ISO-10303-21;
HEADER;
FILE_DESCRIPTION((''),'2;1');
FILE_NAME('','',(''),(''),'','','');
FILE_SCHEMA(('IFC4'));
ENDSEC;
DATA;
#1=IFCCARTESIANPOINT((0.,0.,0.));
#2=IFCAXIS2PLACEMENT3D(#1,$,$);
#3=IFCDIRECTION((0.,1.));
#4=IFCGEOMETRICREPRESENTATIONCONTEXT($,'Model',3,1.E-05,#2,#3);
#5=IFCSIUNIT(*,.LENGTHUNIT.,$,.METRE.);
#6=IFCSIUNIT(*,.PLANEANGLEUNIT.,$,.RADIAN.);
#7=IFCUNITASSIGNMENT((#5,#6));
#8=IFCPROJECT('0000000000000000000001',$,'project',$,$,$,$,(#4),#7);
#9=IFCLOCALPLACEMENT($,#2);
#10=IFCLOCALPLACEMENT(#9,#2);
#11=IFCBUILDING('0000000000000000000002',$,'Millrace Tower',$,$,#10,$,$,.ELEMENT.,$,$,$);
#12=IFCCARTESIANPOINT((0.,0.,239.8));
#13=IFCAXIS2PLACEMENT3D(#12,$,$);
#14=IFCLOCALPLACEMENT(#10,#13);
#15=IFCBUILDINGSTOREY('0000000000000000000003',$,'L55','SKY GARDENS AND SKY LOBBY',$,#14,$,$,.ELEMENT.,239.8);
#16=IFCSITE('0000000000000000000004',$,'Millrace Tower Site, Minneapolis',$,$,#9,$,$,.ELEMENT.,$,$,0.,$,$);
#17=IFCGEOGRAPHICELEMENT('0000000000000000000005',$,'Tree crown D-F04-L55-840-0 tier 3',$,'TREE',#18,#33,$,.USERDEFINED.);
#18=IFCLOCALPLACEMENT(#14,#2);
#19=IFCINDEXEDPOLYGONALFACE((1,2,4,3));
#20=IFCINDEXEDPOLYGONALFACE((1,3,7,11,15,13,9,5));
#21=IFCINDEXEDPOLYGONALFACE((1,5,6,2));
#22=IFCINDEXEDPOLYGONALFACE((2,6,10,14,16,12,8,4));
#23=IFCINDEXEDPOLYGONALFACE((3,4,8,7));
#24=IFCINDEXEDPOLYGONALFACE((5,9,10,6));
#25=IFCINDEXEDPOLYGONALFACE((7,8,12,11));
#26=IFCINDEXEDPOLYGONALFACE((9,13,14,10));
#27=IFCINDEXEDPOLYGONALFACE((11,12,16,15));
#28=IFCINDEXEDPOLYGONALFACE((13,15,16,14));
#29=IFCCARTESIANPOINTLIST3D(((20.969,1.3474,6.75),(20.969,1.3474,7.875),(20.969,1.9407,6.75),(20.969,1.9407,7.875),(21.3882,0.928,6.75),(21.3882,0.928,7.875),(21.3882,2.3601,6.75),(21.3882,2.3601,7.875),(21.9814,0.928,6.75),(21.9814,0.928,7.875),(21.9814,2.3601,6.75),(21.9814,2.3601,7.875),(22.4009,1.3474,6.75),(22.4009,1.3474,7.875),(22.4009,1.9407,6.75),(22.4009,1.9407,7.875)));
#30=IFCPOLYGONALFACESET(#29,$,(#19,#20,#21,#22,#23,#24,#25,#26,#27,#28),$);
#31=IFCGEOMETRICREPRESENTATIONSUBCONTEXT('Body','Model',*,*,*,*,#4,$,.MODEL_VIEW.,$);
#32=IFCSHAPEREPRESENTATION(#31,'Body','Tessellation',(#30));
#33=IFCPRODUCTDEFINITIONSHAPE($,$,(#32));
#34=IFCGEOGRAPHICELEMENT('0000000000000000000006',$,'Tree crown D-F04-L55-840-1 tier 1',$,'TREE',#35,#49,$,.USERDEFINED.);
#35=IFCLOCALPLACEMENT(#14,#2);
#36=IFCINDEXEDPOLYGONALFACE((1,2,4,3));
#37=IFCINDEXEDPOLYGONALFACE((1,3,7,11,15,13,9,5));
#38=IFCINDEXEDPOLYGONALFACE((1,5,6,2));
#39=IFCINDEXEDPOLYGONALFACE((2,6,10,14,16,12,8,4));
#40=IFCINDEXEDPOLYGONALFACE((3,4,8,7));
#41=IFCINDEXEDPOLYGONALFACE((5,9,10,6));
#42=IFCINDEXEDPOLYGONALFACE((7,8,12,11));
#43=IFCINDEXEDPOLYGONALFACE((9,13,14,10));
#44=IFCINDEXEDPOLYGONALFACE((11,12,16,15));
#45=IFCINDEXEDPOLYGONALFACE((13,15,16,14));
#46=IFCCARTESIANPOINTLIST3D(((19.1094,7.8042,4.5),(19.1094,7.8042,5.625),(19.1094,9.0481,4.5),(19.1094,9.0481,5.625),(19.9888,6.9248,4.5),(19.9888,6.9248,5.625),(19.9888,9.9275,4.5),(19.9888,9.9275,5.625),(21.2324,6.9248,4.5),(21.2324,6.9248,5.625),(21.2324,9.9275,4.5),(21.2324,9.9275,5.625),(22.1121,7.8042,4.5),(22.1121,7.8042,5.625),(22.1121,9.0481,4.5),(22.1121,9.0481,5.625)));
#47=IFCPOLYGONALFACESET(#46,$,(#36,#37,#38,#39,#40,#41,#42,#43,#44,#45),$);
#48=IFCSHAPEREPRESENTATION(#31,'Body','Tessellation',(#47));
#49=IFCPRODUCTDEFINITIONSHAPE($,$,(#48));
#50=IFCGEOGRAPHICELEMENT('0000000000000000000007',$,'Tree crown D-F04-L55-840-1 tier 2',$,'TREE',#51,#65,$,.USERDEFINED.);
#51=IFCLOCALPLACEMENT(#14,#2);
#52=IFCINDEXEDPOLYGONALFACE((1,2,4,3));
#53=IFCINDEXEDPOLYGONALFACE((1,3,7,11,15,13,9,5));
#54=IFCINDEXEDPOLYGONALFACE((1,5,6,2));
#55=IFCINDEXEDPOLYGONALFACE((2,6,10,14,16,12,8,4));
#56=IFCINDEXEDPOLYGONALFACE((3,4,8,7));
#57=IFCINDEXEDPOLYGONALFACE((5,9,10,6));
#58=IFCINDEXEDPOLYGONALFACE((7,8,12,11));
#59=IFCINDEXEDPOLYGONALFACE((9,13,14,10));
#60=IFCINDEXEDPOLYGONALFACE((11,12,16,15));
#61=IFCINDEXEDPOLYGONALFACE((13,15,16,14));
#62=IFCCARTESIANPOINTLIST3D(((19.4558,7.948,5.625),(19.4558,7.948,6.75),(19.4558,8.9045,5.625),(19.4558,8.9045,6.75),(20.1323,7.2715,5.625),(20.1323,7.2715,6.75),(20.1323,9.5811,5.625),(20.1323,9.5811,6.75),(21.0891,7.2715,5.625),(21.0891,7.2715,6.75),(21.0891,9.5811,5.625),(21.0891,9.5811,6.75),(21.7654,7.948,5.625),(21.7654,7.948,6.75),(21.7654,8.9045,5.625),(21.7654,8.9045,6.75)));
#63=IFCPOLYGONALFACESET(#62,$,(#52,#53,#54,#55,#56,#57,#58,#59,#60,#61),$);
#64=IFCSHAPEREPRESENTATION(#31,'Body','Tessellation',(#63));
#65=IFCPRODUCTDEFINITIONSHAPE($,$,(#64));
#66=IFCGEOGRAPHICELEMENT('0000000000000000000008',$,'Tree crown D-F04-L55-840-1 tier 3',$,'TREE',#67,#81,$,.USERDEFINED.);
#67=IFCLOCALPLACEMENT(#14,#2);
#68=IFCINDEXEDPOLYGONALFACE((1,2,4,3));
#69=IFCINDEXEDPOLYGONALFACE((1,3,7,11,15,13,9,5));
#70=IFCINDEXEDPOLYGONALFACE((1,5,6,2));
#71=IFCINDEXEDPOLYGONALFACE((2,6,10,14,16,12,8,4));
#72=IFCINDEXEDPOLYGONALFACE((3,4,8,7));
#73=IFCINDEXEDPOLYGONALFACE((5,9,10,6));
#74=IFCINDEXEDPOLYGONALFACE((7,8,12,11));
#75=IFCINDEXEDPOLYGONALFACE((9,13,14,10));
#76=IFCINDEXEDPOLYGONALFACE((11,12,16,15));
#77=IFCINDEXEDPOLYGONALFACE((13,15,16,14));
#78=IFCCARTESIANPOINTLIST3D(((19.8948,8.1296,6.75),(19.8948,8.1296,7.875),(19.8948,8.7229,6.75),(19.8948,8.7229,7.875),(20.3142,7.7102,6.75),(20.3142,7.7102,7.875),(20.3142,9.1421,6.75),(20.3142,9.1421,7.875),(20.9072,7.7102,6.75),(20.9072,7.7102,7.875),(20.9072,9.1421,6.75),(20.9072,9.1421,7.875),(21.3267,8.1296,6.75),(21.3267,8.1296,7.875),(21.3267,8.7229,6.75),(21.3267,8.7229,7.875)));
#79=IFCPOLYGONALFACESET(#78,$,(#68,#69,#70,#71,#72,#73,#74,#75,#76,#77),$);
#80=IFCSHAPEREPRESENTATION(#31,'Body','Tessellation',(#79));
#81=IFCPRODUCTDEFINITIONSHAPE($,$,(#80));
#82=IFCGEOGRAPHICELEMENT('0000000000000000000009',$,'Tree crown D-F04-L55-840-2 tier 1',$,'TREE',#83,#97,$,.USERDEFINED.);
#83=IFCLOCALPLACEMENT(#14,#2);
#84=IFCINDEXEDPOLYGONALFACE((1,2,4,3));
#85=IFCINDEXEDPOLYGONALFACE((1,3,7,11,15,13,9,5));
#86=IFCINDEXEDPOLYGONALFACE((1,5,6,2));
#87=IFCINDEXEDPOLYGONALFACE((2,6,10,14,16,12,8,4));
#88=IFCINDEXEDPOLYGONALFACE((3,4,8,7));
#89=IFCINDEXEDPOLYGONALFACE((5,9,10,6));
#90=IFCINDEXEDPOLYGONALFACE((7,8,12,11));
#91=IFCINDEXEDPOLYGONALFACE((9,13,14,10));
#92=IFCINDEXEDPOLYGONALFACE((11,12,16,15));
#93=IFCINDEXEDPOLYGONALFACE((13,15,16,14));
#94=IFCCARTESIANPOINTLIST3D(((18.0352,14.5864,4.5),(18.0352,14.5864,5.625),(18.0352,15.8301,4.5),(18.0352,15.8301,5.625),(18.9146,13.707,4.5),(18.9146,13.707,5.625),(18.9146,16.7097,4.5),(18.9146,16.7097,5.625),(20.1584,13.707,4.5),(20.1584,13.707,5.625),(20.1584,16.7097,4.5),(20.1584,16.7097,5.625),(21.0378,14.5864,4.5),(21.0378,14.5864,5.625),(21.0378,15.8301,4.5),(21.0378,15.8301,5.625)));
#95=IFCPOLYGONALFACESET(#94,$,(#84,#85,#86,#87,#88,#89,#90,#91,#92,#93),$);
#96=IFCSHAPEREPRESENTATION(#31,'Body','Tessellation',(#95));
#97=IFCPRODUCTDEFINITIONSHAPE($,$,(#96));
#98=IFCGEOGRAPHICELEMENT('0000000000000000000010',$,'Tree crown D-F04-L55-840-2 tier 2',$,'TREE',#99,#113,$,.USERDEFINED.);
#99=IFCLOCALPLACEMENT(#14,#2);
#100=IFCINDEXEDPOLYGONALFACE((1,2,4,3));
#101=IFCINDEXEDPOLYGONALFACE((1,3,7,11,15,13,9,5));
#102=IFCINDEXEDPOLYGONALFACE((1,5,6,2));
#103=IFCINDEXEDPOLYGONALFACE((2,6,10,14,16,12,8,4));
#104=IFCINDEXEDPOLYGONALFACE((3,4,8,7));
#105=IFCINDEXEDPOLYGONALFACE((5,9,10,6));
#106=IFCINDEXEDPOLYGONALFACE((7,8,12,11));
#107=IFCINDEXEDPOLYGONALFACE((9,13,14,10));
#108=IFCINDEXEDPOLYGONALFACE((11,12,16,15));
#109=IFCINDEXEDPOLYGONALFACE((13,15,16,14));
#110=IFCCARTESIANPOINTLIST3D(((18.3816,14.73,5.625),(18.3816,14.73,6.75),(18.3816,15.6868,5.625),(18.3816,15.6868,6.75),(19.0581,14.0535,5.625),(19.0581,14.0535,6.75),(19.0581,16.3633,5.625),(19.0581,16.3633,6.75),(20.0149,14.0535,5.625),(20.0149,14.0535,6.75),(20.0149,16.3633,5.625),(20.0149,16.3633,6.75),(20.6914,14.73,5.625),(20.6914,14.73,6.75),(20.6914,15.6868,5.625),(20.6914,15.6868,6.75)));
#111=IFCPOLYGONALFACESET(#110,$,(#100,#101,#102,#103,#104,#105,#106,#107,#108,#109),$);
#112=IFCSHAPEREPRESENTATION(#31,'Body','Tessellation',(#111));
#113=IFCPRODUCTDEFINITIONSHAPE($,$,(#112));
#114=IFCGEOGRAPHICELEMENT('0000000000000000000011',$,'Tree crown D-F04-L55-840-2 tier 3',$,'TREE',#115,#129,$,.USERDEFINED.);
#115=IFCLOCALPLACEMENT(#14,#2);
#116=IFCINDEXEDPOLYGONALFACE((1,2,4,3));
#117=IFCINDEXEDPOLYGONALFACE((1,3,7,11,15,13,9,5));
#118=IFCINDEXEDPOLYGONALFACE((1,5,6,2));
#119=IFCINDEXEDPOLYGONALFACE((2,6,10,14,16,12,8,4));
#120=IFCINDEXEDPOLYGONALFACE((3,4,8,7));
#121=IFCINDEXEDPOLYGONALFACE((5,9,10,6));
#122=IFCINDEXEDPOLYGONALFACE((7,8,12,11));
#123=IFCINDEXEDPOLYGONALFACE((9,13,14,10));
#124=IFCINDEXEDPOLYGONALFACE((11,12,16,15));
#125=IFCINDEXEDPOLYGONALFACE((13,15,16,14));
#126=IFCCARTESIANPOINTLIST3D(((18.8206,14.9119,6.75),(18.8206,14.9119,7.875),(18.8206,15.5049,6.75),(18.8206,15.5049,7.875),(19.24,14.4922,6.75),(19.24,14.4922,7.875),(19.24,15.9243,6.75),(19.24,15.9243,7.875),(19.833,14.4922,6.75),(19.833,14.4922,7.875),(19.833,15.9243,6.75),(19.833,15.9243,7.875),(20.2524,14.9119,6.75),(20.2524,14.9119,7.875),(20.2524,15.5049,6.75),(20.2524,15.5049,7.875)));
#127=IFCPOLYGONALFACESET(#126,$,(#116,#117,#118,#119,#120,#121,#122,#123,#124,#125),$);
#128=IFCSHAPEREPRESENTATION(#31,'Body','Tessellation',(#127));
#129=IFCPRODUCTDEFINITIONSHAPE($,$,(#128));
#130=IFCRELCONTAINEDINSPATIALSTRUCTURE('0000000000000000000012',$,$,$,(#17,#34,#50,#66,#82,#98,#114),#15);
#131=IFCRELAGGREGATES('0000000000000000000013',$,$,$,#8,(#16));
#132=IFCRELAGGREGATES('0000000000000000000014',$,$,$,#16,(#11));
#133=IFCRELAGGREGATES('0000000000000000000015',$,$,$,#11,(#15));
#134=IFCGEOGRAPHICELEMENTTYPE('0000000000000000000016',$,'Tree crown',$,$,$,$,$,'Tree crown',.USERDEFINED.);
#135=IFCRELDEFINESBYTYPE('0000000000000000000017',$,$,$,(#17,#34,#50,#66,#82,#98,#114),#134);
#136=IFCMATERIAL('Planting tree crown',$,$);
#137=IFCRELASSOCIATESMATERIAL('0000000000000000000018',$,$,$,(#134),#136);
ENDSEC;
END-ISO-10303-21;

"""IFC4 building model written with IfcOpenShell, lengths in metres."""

from ifc_helpers import new_model, si_unit, direction, frame, origin, place, context, subcontext, project, spatial, polyline, outline, extrude, material, type_object, element, save


model = new_model("IFC4")

# Units and contexts
model_context = context("Model", 3, precision=1e-05, world=origin(), true_north=direction((0.0, 1.0)))
body_context = subcontext(model_context, "Body", "Model", "MODEL_VIEW")
ifc_project = project(units=[si_unit("LENGTHUNIT", "METRE"), si_unit("PLANEANGLEUNIT", "RADIAN")], contexts=[model_context])

# Site, building, storey
site_placement = place(None, origin())
site = spatial("IfcSite", under=ifc_project, at=site_placement, Name="Millrace Tower Site, Minneapolis", CompositionType="ELEMENT", RefElevation=0.0)
building_placement = place(site_placement, origin())
building = spatial("IfcBuilding", under=site, at=building_placement, Name="Millrace Tower", CompositionType="ELEMENT")
storey_placement = place(building_placement, frame((0.0, 0.0, 239.8)))
storey = spatial("IfcBuildingStorey", under=building, at=storey_placement, Name="L55", Description="SKY GARDENS AND SKY LOBBY", CompositionType="ELEMENT", Elevation=239.8)

# Geographic elements
ifc_material_1 = material(Name="Planting tree crown")
geographic_element_type = type_object("IfcGeographicElementType", Name="Tree crown", ElementType="Tree crown", PredefinedType="USERDEFINED", material=ifc_material_1)
placement_1 = place(storey_placement, frame((0.0, 0.0, 5.625)))
placement_2 = place(storey_placement, frame((0.0, 0.0, 6.75)))
element("IfcGeographicElement", 1, at=placement_2, inside=storey, type_object=geographic_element_type, Name="Tree crown D-F04-L55-840-0 tier 3", ObjectType="TREE", PredefinedType="USERDEFINED", context=body_context, shape_type="SweptSolid", body=[
    extrude(outline(polyline([(22.4009, 1.9407), (21.9814, 2.3601), (21.3882, 2.3601), (20.969, 1.9407), (20.969, 1.3474), (21.3882, 0.928), (21.9814, 0.928), (22.4009, 1.3474), (22.4009, 1.9407)])), origin(), (0.0, 0.0, 1.0), 1.125),
])
placement_3 = place(storey_placement, frame((0.0, 0.0, 4.5)))
element("IfcGeographicElement", 2, at=placement_3, inside=storey, type_object=geographic_element_type, Name="Tree crown D-F04-L55-840-1 tier 1", ObjectType="TREE", PredefinedType="USERDEFINED", context=body_context, shape_type="SweptSolid", body=[
    extrude(outline(polyline([(22.1121, 9.0481), (21.2324, 9.9275), (19.9888, 9.9275), (19.1094, 9.0481), (19.1094, 7.8042), (19.9888, 6.9248), (21.2324, 6.9248), (22.1121, 7.8042), (22.1121, 9.0481)])), origin(), (0.0, 0.0, 1.0), 1.125),
])
element("IfcGeographicElement", 3, at=placement_1, inside=storey, type_object=geographic_element_type, Name="Tree crown D-F04-L55-840-1 tier 2", ObjectType="TREE", PredefinedType="USERDEFINED", context=body_context, shape_type="SweptSolid", body=[
    extrude(outline(polyline([(21.7654, 8.9045), (21.0891, 9.5811), (20.1323, 9.5811), (19.4558, 8.9045), (19.4558, 7.948), (20.1323, 7.2715), (21.0891, 7.2715), (21.7654, 7.948), (21.7654, 8.9045)])), origin(), (0.0, 0.0, 1.0), 1.125),
])
element("IfcGeographicElement", 4, at=placement_2, inside=storey, type_object=geographic_element_type, Name="Tree crown D-F04-L55-840-1 tier 3", ObjectType="TREE", PredefinedType="USERDEFINED", context=body_context, shape_type="SweptSolid", body=[
    extrude(outline(polyline([(21.3267, 8.7229), (20.9072, 9.1421), (20.3142, 9.1421), (19.8948, 8.7229), (19.8948, 8.1296), (20.3142, 7.7102), (20.9072, 7.7102), (21.3267, 8.1296), (21.3267, 8.7229)])), origin(), (0.0, 0.0, 1.0), 1.125),
])
element("IfcGeographicElement", 5, at=placement_3, inside=storey, type_object=geographic_element_type, Name="Tree crown D-F04-L55-840-2 tier 1", ObjectType="TREE", PredefinedType="USERDEFINED", context=body_context, shape_type="SweptSolid", body=[
    extrude(outline(polyline([(21.0378, 15.8301), (20.1584, 16.7097), (18.9146, 16.7097), (18.0352, 15.8301), (18.0352, 14.5864), (18.9146, 13.707), (20.1584, 13.707), (21.0378, 14.5864), (21.0378, 15.8301)])), origin(), (0.0, 0.0, 1.0), 1.125),
])
element("IfcGeographicElement", 6, at=placement_1, inside=storey, type_object=geographic_element_type, Name="Tree crown D-F04-L55-840-2 tier 2", ObjectType="TREE", PredefinedType="USERDEFINED", context=body_context, shape_type="SweptSolid", body=[
    extrude(outline(polyline([(20.6914, 15.6868), (20.0149, 16.3633), (19.0581, 16.3633), (18.3816, 15.6868), (18.3816, 14.73), (19.0581, 14.0535), (20.0149, 14.0535), (20.6914, 14.73), (20.6914, 15.6868)])), origin(), (0.0, 0.0, 1.0), 1.125),
])
element("IfcGeographicElement", 7, at=placement_2, inside=storey, type_object=geographic_element_type, Name="Tree crown D-F04-L55-840-2 tier 3", ObjectType="TREE", PredefinedType="USERDEFINED", context=body_context, shape_type="SweptSolid", body=[
    extrude(outline(polyline([(20.2524, 15.5049), (19.833, 15.9243), (19.24, 15.9243), (18.8206, 15.5049), (18.8206, 14.9119), (19.24, 14.4922), (19.833, 14.4922), (20.2524, 14.9119), (20.2524, 15.5049)])), origin(), (0.0, 0.0, 1.0), 1.125),
])

save(model, "model.ifc")
